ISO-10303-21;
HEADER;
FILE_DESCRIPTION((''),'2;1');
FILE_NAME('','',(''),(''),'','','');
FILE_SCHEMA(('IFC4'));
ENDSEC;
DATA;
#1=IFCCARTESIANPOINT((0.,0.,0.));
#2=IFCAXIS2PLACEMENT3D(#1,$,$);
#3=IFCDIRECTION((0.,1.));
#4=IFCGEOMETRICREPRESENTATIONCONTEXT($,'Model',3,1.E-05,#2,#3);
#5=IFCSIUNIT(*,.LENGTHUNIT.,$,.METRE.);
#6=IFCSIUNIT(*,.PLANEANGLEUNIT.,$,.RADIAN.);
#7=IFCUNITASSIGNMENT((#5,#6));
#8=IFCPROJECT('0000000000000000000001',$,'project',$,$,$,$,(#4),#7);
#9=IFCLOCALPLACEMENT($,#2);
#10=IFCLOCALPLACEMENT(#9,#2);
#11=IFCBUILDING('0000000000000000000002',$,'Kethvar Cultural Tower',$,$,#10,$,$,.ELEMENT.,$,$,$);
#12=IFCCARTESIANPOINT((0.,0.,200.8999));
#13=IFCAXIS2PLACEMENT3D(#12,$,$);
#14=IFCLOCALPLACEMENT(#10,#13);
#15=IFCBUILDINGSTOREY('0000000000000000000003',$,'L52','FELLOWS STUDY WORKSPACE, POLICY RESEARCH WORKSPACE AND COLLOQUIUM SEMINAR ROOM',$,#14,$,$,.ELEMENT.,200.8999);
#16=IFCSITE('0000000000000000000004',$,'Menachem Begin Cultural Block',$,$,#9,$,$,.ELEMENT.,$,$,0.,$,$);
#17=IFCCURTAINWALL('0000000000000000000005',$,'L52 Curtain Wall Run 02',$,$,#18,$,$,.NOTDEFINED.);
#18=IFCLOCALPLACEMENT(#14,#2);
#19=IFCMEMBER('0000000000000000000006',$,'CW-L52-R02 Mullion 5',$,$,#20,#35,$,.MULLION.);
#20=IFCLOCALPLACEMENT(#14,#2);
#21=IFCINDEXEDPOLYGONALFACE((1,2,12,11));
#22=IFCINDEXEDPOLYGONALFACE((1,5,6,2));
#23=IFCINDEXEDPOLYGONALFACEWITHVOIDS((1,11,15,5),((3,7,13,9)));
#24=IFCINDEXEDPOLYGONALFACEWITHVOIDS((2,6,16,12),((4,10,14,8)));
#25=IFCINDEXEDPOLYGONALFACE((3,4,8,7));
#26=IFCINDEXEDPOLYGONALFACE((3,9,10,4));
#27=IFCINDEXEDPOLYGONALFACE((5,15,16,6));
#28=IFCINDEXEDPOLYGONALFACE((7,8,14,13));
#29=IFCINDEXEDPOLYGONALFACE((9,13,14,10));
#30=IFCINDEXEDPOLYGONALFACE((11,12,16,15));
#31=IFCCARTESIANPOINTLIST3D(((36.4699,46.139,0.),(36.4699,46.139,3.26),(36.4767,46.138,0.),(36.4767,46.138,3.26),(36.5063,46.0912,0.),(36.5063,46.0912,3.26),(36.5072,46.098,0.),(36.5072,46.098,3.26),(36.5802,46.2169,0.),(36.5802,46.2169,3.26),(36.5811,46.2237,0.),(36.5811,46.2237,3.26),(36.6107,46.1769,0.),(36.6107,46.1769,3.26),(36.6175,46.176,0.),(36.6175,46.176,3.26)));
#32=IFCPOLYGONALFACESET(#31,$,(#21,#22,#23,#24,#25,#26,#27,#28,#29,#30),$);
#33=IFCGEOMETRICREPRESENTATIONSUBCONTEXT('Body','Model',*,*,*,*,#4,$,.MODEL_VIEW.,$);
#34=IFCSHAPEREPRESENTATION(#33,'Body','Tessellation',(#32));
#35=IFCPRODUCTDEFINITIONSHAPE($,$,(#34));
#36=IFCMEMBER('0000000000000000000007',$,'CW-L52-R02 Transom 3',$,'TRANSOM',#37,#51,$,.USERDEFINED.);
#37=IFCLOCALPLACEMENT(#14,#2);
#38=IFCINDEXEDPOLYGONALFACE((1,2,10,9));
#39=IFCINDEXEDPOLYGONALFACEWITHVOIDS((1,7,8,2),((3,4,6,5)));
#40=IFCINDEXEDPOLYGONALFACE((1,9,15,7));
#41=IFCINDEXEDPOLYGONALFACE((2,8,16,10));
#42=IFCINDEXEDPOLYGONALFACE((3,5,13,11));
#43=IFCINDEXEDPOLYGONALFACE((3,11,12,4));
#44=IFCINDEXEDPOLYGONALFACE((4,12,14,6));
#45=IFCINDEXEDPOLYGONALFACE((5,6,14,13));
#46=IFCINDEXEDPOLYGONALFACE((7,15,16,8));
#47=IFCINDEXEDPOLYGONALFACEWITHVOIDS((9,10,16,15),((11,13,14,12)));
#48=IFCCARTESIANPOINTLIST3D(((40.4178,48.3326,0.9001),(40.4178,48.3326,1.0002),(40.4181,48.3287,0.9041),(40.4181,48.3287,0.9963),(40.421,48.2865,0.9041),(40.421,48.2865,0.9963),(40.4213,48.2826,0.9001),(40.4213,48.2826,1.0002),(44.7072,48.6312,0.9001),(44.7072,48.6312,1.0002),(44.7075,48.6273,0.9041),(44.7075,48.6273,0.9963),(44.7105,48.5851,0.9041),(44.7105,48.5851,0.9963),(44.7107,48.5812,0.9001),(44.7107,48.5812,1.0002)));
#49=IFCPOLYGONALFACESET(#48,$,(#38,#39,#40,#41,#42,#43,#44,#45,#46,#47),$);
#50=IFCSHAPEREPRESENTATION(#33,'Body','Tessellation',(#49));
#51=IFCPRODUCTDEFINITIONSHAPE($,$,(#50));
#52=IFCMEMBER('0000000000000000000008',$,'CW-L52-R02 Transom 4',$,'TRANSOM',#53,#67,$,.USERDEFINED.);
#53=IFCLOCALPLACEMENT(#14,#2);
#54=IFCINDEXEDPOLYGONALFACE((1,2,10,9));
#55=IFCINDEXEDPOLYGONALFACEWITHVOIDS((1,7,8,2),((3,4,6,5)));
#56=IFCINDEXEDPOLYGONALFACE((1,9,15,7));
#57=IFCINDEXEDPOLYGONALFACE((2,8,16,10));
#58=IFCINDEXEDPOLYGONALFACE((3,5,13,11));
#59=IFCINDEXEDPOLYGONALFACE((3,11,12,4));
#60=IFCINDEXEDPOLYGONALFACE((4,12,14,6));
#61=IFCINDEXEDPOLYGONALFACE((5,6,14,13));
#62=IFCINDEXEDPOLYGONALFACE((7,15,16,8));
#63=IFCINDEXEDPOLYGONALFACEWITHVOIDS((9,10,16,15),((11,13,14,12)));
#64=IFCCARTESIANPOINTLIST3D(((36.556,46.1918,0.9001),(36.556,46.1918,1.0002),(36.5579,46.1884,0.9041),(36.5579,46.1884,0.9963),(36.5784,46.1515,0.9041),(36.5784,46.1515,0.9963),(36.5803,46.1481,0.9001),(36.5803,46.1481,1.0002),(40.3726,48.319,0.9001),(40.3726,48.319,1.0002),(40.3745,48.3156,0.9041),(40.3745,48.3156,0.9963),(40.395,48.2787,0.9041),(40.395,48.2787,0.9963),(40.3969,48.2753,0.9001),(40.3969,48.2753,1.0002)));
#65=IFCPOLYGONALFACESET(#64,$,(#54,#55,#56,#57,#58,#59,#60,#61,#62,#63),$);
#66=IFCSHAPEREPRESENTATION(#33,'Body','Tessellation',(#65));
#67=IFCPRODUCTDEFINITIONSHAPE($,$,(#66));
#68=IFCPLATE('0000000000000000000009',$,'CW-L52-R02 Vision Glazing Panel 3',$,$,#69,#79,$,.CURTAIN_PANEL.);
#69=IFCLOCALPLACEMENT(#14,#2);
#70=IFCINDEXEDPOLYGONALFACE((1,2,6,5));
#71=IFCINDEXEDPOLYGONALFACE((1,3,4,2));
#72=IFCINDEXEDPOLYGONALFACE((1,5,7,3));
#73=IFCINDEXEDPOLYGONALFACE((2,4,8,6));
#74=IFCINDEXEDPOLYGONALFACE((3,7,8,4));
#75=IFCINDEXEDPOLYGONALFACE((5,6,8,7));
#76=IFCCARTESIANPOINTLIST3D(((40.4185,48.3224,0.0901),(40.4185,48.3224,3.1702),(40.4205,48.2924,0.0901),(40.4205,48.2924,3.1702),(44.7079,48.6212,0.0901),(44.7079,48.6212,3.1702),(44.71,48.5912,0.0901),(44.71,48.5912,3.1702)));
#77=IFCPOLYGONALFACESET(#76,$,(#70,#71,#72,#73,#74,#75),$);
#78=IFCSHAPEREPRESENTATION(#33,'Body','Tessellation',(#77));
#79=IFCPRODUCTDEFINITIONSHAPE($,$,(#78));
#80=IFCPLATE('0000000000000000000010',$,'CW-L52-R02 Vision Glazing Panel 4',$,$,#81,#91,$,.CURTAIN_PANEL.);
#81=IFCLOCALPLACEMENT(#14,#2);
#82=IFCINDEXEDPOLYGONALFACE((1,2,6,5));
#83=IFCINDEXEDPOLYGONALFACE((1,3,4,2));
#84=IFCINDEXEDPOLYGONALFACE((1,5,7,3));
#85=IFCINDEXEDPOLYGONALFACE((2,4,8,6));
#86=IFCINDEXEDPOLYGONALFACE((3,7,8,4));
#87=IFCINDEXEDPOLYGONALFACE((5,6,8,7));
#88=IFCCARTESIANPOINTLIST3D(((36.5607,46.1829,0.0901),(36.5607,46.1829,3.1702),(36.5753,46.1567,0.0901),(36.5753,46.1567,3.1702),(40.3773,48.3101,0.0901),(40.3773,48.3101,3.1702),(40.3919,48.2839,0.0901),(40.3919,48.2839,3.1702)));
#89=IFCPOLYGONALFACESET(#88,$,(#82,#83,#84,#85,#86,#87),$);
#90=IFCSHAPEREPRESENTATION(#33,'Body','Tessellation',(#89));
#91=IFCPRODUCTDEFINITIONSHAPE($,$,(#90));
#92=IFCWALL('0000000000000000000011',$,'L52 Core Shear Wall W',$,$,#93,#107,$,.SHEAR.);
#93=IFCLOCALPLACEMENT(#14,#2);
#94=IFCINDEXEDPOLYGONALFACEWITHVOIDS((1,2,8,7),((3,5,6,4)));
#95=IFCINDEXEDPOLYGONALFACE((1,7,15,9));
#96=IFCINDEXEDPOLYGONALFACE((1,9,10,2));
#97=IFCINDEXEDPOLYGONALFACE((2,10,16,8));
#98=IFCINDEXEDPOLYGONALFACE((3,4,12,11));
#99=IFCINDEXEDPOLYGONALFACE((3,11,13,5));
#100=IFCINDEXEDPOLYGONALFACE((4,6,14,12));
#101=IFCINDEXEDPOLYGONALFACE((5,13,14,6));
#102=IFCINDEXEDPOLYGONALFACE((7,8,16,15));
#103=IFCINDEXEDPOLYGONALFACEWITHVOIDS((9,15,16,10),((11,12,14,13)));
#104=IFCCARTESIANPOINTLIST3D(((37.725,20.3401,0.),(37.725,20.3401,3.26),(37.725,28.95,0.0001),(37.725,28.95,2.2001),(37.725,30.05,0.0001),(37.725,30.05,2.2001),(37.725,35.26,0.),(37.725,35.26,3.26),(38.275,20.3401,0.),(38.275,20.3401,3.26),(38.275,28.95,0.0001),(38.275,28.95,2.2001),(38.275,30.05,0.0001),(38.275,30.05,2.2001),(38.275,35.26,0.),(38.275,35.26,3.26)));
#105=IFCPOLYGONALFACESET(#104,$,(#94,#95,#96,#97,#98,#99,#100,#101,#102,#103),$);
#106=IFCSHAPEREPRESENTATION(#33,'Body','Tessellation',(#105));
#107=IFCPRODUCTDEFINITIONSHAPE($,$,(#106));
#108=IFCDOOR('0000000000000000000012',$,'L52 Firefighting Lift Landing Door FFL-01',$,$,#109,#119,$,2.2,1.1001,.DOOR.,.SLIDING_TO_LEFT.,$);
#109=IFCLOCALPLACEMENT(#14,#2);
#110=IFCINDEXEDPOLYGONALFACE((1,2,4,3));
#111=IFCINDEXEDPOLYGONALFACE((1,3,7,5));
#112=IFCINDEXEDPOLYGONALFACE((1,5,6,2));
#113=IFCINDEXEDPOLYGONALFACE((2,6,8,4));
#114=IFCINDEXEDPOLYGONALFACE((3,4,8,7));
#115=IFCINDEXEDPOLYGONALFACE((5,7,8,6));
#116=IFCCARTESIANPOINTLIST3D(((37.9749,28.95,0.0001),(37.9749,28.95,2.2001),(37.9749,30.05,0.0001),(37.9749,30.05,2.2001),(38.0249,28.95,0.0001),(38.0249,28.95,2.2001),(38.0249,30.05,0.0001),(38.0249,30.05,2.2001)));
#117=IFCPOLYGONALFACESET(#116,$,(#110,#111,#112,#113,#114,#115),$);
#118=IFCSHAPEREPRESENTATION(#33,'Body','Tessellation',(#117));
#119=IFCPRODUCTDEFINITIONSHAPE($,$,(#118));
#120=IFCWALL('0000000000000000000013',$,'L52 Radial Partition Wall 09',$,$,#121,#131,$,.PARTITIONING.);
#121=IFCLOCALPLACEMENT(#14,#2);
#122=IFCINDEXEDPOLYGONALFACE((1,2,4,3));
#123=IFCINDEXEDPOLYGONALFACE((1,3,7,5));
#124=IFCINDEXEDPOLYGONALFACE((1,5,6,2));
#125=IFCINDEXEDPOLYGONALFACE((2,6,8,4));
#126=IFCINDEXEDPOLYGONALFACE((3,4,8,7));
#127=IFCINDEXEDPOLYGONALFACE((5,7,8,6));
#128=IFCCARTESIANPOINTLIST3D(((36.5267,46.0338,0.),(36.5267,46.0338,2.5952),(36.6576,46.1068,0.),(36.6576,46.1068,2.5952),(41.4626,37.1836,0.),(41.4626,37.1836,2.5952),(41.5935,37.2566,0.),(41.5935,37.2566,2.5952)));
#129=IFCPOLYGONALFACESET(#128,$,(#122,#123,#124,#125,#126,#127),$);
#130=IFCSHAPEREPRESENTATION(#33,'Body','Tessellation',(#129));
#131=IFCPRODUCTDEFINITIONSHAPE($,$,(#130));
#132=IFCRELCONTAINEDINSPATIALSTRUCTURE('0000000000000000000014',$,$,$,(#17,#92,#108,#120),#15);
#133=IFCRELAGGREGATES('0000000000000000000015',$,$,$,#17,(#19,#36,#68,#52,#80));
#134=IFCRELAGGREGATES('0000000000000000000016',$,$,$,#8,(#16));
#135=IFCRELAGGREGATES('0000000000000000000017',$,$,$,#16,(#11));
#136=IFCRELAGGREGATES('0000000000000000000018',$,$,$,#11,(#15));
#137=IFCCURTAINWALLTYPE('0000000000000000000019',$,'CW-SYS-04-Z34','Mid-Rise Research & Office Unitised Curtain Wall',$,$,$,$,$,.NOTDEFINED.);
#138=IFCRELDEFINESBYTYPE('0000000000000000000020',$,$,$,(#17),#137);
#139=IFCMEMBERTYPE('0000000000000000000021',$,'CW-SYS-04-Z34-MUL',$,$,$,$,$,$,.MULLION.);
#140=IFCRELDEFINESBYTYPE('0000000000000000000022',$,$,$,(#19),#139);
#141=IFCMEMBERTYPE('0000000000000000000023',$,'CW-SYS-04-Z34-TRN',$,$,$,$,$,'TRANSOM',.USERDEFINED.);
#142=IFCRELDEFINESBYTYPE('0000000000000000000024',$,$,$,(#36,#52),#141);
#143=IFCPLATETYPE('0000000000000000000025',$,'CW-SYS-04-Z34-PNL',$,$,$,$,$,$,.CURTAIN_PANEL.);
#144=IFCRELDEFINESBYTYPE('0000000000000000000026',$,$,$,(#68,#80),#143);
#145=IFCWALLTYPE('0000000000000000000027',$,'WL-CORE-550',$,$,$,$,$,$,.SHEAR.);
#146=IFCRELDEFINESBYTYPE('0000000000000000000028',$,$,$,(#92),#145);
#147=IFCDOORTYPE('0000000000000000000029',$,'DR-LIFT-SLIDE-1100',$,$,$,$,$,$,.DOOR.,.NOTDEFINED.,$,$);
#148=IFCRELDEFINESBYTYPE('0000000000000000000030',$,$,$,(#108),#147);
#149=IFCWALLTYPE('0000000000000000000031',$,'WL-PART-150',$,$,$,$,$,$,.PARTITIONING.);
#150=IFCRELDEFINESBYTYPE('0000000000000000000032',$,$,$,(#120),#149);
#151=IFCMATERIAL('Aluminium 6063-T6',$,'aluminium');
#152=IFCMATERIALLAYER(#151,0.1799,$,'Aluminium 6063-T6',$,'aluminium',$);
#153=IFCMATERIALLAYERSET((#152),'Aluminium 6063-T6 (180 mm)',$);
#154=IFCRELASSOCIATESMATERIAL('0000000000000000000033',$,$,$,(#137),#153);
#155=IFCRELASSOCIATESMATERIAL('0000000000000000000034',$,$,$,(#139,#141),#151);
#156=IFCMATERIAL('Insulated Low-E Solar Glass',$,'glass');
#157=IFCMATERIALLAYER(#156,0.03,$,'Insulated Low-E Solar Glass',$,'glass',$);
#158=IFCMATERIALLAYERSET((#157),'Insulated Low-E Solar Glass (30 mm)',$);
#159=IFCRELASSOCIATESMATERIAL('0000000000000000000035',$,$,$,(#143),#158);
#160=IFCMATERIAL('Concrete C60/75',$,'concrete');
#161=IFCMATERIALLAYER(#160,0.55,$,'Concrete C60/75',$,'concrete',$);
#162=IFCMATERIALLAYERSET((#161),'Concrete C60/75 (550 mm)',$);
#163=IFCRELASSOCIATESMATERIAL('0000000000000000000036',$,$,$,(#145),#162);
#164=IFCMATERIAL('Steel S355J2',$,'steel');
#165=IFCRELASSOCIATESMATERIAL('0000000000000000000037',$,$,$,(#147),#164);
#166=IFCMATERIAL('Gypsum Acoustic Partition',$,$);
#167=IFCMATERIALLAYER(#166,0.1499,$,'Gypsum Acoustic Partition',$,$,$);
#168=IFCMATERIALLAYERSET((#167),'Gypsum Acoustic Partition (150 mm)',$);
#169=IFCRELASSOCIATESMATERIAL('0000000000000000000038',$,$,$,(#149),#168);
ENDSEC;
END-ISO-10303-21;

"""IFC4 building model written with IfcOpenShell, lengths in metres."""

from ifc_helpers import new_model, si_unit, direction, frame, frame_2d, origin, origin_2d, place, context, subcontext, project, spatial, rectangle, hollow_rectangle, extrude, source, transform, mapped, material, layer, layer_set, material_profile, profile_set, type_object, element, fill, aggregate, save


model = new_model("IFC4")

# Units and contexts
model_context = context("Model", 3, precision=1e-05, world=origin(), true_north=direction((0.0, 1.0)))
body_context = subcontext(model_context, "Body", "Model", "MODEL_VIEW")
ifc_project = project(units=[si_unit("LENGTHUNIT", "METRE"), si_unit("PLANEANGLEUNIT", "RADIAN")], contexts=[model_context])

# Site, building, storey
site_placement = place(None, origin())
site = spatial("IfcSite", under=ifc_project, at=site_placement, Name="Menachem Begin Cultural Block", CompositionType="ELEMENT", RefElevation=0.0)
building_placement = place(site_placement, origin())
building = spatial("IfcBuilding", under=site, at=building_placement, Name="Kethvar Cultural Tower", CompositionType="ELEMENT")
storey_placement = place(building_placement, frame((0.0, 0.0, 200.8999)))
storey = spatial("IfcBuildingStorey", under=building, at=storey_placement, Name="L52", Description="FELLOWS STUDY WORKSPACE, POLICY RESEARCH WORKSPACE AND COLLOQUIUM SEMINAR ROOM", CompositionType="ELEMENT", Elevation=200.8999)

# Shared definitions
ifc_material_1 = material(Name="Steel S355J2", Category="steel")

# Curtain wall, members, plates
ifc_material_2 = material(Name="Aluminium 6063-T6", Category="aluminium")
ifc_layer_1 = layer(ifc_material_2, 0.1799, Name="Aluminium 6063-T6", Category="aluminium")
ifc_layer_set_1 = layer_set([ifc_layer_1], Name="Aluminium 6063-T6 (180 mm)")
curtain_wall_type = type_object("IfcCurtainWallType", Name="CW-SYS-04-Z34", Description="Mid-Rise Research & Office Unitised Curtain Wall", PredefinedType="NOTDEFINED", material=ifc_layer_set_1)
curtain_wall_placement = place(storey_placement, origin())
curtain_wall = element("IfcCurtainWall", 1, at=curtain_wall_placement, inside=storey, type_object=curtain_wall_type, Name="L52 Curtain Wall Run 02", PredefinedType="NOTDEFINED")
ifc_material_profile_1 = material_profile(ifc_material_2, hollow_rectangle(XDim=0.0601, YDim=0.1399, WallThickness=0.0049, at=origin_2d()), Name="Aluminium 6063-T6 — RHS140x60x5")
ifc_profile_set_1 = profile_set([ifc_material_profile_1], Name="Aluminium 6063-T6 — RHS140x60x5")
member_type_1 = type_object("IfcMemberType", Name="CW-SYS-04-Z34-MUL", PredefinedType="MULLION", material=ifc_profile_set_1)
shared_shape_1 = source(origin(), body_context, "Body", "SweptSolid", [
    extrude(hollow_rectangle(XDim=0.0601, YDim=0.1399, WallThickness=0.0049, at=origin_2d()), origin(), (0.0, 0.0, 1.0), 3.26),
])
member_1_placement = place(storey_placement, frame((36.5437, 46.1575, 0.0), z_axis=(0.0, 0.0, 1.0), x_axis=(0.606086, -0.795399, 0.0)))
member_1 = element("IfcMember", 2, at=member_1_placement, type_object=member_type_1, Name="CW-L52-R02 Mullion 5", PredefinedType="MULLION", context=body_context, shape_type="MappedRepresentation", body=[
    mapped(shared_shape_1, transform((0.0, 0.0, 0.0), scale=1.0)),
])
ifc_material_profile_2 = material_profile(ifc_material_2, hollow_rectangle(XDim=0.05, YDim=0.1001, WallThickness=0.0039, at=origin_2d()), Name="Aluminium 6063-T6 — RHS100x50x4")
ifc_profile_set_2 = profile_set([ifc_material_profile_2], Name="Aluminium 6063-T6 — RHS100x50x4")
member_type_2 = type_object("IfcMemberType", Name="CW-SYS-04-Z34-TRN", ElementType="TRANSOM", PredefinedType="USERDEFINED", material=ifc_profile_set_2)
shared_shape_2 = source(origin(), body_context, "Body", "SweptSolid", [
    extrude(hollow_rectangle(XDim=0.05, YDim=0.1001, WallThickness=0.0039, at=origin_2d()), origin(), (0.0, 0.0, 1.0), 4.2998),
])
member_2_placement = place(storey_placement, frame((44.709, 48.6062, 0.9502), z_axis=(-0.997586, -0.069443, 0.0), x_axis=(0.069443, -0.997586, 0.0)))
member_2 = element("IfcMember", 3, at=member_2_placement, type_object=member_type_2, Name="CW-L52-R02 Transom 3", ObjectType="TRANSOM", PredefinedType="USERDEFINED", context=body_context, shape_type="MappedRepresentation", body=[
    mapped(shared_shape_2, transform((0.0, 0.0, 0.0), scale=1.0)),
])
shared_shape_3 = source(origin(), body_context, "Body", "SweptSolid", [
    extrude(hollow_rectangle(XDim=0.05, YDim=0.1001, WallThickness=0.0039, at=origin_2d()), origin(), (0.0, 0.0, 1.0), 4.3694),
])
member_3_placement = place(storey_placement, frame((40.3848, 48.2971, 0.9502), z_axis=(-0.873492, -0.486838, 0.0), x_axis=(0.486838, -0.873492, 0.0)))
member_3 = element("IfcMember", 4, at=member_3_placement, type_object=member_type_2, Name="CW-L52-R02 Transom 4", ObjectType="TRANSOM", PredefinedType="USERDEFINED", context=body_context, shape_type="MappedRepresentation", body=[
    mapped(shared_shape_3, transform((0.0, 0.0, 0.0), scale=1.0)),
])
ifc_material_3 = material(Name="Insulated Low-E Solar Glass", Category="glass")
ifc_layer_2 = layer(ifc_material_3, 0.03, Name="Insulated Low-E Solar Glass", Category="glass")
ifc_layer_set_2 = layer_set([ifc_layer_2], Name="Insulated Low-E Solar Glass (30 mm)")
plate_type = type_object("IfcPlateType", Name="CW-SYS-04-Z34-PNL", PredefinedType="CURTAIN_PANEL", material=ifc_layer_set_2)
shared_shape_4 = source(origin(), body_context, "Body", "SweptSolid", [
    extrude(rectangle(XDim=4.2998, YDim=0.03, at=origin_2d()), origin(), (0.0, 0.0, 1.0), 3.0801),
])
plate_1_placement = place(storey_placement, frame((42.5642, 48.4568, 0.0901), z_axis=(0.0, 0.0, 1.0), x_axis=(-0.997582, -0.069495, 0.0)))
plate_1 = element("IfcPlate", 5, at=plate_1_placement, type_object=plate_type, Name="CW-L52-R02 Vision Glazing Panel 3", PredefinedType="CURTAIN_PANEL", context=body_context, shape_type="MappedRepresentation", body=[
    mapped(shared_shape_4, transform((0.0, 0.0, 0.0), scale=1.0)),
])
shared_shape_5 = source(origin(), body_context, "Body", "SweptSolid", [
    extrude(rectangle(XDim=4.3694, YDim=0.03, at=origin_2d()), origin(), (0.0, 0.0, 1.0), 3.0801),
])
plate_2_placement = place(storey_placement, frame((38.4763, 47.2334, 0.0901), z_axis=(0.0, 0.0, 1.0), x_axis=(-0.873483, -0.486854, 0.0)))
plate_2 = element("IfcPlate", 6, at=plate_2_placement, type_object=plate_type, Name="CW-L52-R02 Vision Glazing Panel 4", PredefinedType="CURTAIN_PANEL", context=body_context, shape_type="MappedRepresentation", body=[
    mapped(shared_shape_5, transform((0.0, 0.0, 0.0), scale=1.0)),
])
aggregate(curtain_wall, [member_1, member_2, plate_1, member_3, plate_2])

# Wall, opening, door
ifc_material_4 = material(Name="Concrete C60/75", Category="concrete")
ifc_layer_3 = layer(ifc_material_4, 0.55, Name="Concrete C60/75", Category="concrete")
ifc_layer_set_3 = layer_set([ifc_layer_3], Name="Concrete C60/75 (550 mm)")
wall_type_1 = type_object("IfcWallType", Name="WL-CORE-550", PredefinedType="SHEAR", material=ifc_layer_set_3)
wall_1_placement = place(storey_placement, frame((38.0, 35.26, 0.0), z_axis=(0.0, 0.0, 1.0), x_axis=(0.0, -1.0, 0.0)))
wall_1 = element("IfcWall", 7, at=wall_1_placement, inside=storey, type_object=wall_type_1, Name="L52 Core Shear Wall W", PredefinedType="SHEAR", context=body_context, shape_type="SweptSolid", body=[
    extrude(rectangle(XDim=14.9199, YDim=0.55, at=frame_2d((7.46, 0.0))), origin(), (0.0, 0.0, 1.0), 3.26),
])
opening_placement = place(wall_1_placement, frame((5.21, 0.0, 0.0)))
opening = element("IfcOpeningElement", 8, at=opening_placement, cuts=wall_1, PredefinedType="OPENING", context=body_context, shape_type="SweptSolid", body=[
    extrude(rectangle(XDim=1.1001, YDim=2.2, at=frame_2d((0.55, 1.1001))), frame((0.0, 0.2849, 0.0), z_axis=(0.0, -1.0, 0.0), x_axis=(1.0, 0.0, 0.0)), (0.0, 0.0, 1.0), 0.5701),
])
door_type = type_object("IfcDoorType", Name="DR-LIFT-SLIDE-1100", OperationType="NOTDEFINED", PredefinedType="DOOR", material=ifc_material_1)
shared_shape_6 = source(origin(), body_context, "Body", "SweptSolid", [
    extrude(rectangle(XDim=1.1001, YDim=2.2, at=frame_2d((0.55, 1.1001))), frame((0.0, 0.0249, 0.0), z_axis=(0.0, -1.0, 0.0), x_axis=(1.0, 0.0, 0.0)), (0.0, 0.0, 1.0), 0.05),
])
door_placement = place(opening_placement, origin())
door = element("IfcDoor", 9, at=door_placement, inside=storey, type_object=door_type, Name="L52 Firefighting Lift Landing Door FFL-01", OperationType="SLIDING_TO_LEFT", OverallHeight=2.2, OverallWidth=1.1001, PredefinedType="DOOR", context=body_context, shape_type="MappedRepresentation", body=[
    mapped(shared_shape_6, transform((0.0, 0.0, 0.0), scale=1.0)),
])
fill(opening, door)

# Wall
ifc_material_5 = material(Name="Gypsum Acoustic Partition")
ifc_layer_4 = layer(ifc_material_5, 0.1499, Name="Gypsum Acoustic Partition")
ifc_layer_set_4 = layer_set([ifc_layer_4], Name="Gypsum Acoustic Partition (150 mm)")
wall_type_2 = type_object("IfcWallType", Name="WL-PART-150", PredefinedType="PARTITIONING", material=ifc_layer_set_4)
wall_2_placement = place(storey_placement, frame((41.5281, 37.22, 0.0), z_axis=(0.0, 0.0, 1.0), x_axis=(-0.48708, 0.873357, 0.0)))
element("IfcWall", 10, at=wall_2_placement, inside=storey, type_object=wall_type_2, Name="L52 Radial Partition Wall 09", PredefinedType="PARTITIONING", context=body_context, shape_type="SweptSolid", body=[
    extrude(rectangle(XDim=10.1335, YDim=0.1499, at=frame_2d((5.0669, 0.0))), origin(), (0.0, 0.0, 1.0), 2.5952),
])

save(model, "model.ifc")
